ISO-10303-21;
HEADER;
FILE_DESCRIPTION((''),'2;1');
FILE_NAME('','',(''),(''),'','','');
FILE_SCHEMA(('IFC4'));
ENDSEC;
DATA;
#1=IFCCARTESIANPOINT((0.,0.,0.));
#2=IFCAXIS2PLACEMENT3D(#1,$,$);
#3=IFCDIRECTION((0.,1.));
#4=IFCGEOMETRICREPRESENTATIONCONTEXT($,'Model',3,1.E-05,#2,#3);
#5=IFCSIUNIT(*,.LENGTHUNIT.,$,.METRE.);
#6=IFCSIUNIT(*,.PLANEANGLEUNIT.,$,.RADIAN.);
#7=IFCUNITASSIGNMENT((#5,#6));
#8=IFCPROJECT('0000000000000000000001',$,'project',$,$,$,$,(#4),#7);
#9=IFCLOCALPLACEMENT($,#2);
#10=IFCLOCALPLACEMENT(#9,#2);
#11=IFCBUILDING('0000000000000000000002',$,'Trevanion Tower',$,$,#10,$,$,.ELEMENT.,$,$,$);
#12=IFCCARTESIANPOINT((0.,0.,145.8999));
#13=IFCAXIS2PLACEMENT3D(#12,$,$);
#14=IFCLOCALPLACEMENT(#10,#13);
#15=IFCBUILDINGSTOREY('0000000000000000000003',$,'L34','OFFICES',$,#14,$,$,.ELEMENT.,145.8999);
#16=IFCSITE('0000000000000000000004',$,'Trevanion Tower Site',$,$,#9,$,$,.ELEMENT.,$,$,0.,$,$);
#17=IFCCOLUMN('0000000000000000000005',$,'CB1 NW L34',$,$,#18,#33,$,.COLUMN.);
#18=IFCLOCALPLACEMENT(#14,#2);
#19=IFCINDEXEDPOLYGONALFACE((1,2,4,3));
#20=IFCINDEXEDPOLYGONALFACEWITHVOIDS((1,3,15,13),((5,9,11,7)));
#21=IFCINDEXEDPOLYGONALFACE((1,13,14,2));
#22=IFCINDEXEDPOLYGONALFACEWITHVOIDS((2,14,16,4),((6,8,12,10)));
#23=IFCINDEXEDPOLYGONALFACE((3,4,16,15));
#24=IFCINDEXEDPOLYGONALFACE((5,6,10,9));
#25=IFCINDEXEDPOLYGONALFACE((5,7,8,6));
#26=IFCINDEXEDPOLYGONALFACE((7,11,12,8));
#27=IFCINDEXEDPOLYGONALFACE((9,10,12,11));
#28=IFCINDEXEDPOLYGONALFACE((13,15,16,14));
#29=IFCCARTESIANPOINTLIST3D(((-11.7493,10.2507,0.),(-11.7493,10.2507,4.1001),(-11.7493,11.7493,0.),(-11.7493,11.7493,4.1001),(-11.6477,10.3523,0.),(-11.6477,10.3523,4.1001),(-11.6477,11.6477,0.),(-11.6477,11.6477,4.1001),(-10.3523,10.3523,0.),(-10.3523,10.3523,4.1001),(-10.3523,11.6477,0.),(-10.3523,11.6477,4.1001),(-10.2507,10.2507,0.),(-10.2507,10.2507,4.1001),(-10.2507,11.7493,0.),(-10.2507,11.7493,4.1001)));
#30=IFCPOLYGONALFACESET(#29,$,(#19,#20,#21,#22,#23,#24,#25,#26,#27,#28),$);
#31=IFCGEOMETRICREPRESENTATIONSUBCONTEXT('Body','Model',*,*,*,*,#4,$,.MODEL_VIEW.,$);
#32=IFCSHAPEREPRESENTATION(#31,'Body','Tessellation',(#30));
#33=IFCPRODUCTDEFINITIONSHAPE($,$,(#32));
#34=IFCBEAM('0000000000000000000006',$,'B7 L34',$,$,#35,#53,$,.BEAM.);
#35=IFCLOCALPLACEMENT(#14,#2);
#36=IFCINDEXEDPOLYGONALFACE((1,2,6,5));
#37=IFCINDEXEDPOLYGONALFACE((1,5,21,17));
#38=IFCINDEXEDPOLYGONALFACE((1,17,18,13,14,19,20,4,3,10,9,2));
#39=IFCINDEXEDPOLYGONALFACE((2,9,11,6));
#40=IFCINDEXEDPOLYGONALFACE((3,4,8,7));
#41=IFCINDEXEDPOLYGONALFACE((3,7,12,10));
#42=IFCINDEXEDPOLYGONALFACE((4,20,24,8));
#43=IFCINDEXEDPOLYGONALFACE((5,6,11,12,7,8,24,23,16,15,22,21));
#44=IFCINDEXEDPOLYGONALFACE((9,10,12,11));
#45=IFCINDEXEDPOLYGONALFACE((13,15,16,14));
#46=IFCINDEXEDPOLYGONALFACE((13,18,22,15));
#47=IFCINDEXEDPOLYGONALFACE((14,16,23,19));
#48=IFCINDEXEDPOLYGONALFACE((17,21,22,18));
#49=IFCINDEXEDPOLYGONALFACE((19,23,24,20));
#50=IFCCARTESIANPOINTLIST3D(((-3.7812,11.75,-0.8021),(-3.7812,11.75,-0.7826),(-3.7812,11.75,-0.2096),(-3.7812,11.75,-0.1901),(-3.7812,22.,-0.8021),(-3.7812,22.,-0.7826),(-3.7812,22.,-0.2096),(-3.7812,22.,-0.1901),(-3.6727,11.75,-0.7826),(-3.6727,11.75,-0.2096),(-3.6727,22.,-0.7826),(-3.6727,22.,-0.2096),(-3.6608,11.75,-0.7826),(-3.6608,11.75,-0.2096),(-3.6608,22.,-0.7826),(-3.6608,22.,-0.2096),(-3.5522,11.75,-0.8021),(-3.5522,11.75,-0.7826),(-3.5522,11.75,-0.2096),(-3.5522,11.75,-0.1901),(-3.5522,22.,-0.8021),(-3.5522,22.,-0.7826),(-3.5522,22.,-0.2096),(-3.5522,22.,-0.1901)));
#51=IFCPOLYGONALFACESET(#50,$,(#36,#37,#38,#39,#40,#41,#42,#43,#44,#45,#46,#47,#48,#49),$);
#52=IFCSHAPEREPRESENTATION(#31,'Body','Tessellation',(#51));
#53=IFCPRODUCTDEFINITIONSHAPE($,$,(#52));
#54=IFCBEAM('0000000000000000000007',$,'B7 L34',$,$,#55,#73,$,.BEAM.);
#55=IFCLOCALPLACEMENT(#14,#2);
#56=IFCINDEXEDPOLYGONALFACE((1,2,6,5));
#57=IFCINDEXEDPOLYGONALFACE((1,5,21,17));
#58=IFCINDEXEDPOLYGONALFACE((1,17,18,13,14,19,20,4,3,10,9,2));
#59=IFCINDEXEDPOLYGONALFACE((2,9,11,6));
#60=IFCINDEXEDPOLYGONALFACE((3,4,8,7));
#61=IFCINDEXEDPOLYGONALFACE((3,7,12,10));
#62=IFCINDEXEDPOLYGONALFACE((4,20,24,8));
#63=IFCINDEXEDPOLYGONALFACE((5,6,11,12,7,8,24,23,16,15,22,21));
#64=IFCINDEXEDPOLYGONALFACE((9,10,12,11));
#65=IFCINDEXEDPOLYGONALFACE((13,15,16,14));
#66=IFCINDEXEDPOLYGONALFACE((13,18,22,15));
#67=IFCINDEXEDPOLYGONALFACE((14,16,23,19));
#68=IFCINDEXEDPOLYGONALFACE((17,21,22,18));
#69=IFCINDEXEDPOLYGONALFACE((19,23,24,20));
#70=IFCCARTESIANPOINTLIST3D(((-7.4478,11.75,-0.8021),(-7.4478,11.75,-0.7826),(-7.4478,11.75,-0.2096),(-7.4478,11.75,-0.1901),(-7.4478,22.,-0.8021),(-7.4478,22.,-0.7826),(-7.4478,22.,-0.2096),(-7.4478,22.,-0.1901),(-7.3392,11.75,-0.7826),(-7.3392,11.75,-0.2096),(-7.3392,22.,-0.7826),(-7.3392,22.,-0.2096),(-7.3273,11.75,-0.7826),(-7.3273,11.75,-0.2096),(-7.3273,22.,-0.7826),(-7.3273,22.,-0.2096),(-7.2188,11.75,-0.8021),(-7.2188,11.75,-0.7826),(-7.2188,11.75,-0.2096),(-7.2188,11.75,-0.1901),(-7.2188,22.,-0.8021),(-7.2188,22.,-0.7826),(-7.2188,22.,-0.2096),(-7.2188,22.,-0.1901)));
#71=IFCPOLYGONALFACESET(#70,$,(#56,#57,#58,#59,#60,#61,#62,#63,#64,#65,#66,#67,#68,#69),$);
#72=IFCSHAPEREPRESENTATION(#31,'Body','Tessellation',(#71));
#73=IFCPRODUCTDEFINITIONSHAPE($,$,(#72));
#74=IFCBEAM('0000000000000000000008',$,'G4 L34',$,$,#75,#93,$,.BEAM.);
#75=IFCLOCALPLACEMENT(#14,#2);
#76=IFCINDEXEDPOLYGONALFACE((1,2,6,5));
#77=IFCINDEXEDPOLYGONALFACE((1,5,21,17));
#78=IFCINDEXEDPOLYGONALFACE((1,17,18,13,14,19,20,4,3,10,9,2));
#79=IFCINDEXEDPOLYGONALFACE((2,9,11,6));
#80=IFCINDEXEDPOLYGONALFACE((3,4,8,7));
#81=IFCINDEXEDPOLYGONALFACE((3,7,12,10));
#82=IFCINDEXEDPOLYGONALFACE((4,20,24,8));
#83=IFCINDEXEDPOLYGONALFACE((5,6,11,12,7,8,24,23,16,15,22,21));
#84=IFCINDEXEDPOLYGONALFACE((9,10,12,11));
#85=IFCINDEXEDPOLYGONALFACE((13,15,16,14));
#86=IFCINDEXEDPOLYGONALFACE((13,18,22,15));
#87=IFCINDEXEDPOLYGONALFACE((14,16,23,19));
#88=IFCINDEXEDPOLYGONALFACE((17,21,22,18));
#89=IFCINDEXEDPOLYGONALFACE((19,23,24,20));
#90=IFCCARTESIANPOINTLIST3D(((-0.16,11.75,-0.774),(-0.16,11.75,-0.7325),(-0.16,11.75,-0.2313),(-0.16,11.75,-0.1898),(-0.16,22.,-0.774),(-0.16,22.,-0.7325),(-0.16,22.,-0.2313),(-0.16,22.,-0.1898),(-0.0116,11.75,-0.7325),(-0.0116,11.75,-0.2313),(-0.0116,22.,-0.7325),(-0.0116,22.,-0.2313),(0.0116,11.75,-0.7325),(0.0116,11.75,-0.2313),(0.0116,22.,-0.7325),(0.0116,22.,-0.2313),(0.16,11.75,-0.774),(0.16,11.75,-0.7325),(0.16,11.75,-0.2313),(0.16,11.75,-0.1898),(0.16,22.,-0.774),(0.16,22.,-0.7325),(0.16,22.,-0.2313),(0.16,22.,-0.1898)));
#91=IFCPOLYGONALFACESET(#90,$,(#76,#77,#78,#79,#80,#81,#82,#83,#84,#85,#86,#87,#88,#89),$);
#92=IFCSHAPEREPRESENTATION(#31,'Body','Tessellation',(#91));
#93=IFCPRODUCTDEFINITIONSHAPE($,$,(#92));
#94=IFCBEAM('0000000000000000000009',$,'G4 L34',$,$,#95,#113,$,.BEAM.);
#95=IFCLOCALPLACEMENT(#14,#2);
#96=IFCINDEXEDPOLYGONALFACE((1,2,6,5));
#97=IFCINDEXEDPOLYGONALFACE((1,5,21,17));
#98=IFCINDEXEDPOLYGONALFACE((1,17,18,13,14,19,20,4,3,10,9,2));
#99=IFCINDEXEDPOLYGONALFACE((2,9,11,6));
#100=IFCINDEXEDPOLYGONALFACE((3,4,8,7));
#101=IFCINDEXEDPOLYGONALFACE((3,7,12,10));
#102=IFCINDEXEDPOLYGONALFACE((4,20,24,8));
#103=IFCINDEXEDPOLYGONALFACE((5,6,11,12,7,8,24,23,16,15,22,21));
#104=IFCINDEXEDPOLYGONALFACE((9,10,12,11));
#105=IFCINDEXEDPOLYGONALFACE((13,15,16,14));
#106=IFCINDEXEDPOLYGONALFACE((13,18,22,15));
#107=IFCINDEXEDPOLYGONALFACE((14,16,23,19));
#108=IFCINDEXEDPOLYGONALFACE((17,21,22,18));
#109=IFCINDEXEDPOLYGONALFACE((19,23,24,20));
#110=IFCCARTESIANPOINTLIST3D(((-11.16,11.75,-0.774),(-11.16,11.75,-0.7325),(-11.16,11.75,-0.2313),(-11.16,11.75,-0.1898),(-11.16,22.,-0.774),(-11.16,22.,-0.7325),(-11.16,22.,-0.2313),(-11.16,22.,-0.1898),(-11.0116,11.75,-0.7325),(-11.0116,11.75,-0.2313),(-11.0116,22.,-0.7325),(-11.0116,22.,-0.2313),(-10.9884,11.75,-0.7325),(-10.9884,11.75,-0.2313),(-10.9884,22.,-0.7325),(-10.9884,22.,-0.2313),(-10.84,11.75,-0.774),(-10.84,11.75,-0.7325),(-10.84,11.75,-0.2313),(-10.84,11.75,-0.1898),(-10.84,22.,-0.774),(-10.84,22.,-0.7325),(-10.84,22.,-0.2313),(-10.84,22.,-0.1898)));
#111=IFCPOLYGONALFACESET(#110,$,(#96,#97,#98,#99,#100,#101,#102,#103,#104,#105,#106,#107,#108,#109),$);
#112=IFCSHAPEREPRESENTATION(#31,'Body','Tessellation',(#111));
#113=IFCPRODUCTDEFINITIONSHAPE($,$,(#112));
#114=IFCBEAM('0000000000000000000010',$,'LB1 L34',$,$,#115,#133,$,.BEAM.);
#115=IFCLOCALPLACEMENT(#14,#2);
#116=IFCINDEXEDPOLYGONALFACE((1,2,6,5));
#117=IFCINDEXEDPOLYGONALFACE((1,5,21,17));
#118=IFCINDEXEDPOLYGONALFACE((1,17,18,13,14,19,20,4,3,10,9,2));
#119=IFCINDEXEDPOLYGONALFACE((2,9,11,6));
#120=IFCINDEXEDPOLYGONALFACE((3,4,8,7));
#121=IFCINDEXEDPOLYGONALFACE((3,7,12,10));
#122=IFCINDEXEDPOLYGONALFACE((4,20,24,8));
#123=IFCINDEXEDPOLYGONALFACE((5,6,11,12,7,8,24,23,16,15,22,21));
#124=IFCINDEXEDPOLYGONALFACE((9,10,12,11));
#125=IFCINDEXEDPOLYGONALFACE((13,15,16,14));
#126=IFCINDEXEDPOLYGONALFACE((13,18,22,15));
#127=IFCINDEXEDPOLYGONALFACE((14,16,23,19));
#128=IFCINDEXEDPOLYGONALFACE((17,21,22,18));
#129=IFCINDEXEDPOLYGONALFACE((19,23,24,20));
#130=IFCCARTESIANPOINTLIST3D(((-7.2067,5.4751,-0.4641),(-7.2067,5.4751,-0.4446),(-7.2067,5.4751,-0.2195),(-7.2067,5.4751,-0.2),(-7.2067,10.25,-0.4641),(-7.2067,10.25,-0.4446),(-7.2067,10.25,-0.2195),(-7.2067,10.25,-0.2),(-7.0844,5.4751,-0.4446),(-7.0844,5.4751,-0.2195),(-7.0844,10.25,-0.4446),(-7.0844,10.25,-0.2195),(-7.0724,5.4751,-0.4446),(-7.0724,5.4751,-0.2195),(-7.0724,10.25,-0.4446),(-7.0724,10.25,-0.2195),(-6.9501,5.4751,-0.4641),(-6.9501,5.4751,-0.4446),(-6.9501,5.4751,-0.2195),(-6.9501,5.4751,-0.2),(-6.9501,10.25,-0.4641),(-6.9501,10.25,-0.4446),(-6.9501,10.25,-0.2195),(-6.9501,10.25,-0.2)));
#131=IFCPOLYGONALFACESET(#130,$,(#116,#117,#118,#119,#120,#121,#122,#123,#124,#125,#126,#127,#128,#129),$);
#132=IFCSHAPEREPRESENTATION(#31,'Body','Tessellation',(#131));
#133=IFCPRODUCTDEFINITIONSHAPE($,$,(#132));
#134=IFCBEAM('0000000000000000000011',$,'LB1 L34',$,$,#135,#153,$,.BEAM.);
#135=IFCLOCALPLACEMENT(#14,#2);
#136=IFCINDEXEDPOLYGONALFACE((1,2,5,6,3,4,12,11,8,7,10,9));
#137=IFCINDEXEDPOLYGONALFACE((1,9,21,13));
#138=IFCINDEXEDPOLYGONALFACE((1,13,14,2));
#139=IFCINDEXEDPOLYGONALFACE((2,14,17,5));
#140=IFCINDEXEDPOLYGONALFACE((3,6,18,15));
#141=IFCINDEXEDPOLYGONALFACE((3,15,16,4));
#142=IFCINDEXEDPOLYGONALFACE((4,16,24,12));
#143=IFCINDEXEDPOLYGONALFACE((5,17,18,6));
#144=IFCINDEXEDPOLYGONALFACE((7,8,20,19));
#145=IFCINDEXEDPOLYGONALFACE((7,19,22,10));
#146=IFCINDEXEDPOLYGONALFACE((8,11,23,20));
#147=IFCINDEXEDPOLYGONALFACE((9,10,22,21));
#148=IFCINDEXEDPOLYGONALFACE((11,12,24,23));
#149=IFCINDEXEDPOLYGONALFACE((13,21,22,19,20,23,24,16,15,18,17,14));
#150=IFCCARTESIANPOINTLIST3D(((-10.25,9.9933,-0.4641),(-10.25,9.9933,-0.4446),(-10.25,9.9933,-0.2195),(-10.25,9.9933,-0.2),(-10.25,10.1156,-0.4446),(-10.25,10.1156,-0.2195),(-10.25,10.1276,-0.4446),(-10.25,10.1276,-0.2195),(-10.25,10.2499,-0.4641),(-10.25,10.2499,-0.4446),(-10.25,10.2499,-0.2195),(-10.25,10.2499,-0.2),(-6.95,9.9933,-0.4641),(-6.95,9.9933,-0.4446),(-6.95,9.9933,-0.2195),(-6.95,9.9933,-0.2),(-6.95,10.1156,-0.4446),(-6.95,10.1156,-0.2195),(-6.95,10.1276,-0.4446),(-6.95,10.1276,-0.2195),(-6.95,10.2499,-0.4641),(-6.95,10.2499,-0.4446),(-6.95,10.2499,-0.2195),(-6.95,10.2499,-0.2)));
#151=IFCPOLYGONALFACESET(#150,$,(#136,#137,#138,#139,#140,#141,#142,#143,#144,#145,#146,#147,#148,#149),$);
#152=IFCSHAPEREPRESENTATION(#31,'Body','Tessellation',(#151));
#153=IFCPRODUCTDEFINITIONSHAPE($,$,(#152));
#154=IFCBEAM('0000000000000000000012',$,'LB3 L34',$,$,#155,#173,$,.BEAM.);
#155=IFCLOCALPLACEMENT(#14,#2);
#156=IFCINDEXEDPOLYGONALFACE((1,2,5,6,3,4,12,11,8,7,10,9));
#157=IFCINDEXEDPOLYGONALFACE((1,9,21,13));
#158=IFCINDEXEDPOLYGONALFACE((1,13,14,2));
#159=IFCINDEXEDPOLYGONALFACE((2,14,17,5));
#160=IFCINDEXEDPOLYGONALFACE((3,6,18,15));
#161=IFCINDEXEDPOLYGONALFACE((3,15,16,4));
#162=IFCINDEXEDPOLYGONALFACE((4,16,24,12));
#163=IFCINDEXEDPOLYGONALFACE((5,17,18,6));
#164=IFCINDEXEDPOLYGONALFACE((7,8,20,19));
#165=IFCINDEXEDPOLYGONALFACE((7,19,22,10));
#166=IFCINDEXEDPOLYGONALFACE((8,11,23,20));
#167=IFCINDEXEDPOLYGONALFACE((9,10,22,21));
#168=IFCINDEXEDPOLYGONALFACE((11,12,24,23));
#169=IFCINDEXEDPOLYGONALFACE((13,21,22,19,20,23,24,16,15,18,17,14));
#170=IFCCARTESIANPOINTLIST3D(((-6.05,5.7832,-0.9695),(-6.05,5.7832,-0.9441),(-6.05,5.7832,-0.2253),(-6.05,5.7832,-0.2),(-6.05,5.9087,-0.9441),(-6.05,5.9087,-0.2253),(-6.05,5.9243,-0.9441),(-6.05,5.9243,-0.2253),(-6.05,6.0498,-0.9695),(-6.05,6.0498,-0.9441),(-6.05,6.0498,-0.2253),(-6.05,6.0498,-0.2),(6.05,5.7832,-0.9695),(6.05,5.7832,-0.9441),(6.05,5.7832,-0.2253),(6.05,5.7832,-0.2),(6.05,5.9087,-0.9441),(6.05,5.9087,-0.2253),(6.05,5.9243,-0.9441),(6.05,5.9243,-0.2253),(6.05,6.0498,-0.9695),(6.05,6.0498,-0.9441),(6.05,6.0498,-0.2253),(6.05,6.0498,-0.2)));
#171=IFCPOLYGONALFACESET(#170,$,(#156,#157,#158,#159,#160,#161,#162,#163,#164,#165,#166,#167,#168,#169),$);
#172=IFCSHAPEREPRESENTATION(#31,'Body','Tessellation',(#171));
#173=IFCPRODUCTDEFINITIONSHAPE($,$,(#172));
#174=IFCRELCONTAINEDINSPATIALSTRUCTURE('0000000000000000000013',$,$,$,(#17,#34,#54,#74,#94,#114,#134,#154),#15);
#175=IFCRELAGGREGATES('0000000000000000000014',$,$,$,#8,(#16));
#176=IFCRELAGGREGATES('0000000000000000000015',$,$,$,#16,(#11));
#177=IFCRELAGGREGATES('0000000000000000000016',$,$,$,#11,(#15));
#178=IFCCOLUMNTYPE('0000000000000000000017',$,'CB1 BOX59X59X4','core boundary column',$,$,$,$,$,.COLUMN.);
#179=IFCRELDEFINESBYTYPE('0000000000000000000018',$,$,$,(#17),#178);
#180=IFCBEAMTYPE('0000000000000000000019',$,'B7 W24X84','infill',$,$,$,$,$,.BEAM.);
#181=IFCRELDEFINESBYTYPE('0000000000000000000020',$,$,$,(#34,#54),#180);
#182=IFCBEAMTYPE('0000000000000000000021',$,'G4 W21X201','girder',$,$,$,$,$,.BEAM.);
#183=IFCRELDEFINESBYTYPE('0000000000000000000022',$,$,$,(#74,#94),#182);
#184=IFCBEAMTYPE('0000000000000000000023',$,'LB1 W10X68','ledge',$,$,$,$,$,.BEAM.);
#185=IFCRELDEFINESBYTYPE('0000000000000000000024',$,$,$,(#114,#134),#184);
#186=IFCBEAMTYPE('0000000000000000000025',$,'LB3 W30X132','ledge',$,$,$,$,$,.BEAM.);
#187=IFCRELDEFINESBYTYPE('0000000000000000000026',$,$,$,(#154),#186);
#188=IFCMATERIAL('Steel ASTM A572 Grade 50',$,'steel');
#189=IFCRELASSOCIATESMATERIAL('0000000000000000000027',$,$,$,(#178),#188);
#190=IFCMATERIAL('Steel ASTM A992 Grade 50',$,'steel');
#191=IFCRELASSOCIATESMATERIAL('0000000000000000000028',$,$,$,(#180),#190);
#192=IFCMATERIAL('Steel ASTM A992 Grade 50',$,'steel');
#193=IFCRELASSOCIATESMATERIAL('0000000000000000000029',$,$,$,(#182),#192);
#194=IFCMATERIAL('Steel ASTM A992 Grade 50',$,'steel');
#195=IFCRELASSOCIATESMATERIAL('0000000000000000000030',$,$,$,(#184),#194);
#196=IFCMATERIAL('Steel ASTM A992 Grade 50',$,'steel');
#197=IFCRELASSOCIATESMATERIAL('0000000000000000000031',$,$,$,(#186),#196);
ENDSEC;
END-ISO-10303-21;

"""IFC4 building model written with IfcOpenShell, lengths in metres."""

from ifc_helpers import new_model, si_unit, direction, frame, origin, origin_2d, place, context, subcontext, project, spatial, hollow_rectangle, i_section, extrude, material, material_profile, profile_set, type_object, element, save


model = new_model("IFC4")

# Units and contexts
model_context = context("Model", 3, precision=1e-05, world=origin(), true_north=direction((0.0, 1.0)))
body_context = subcontext(model_context, "Body", "Model", "MODEL_VIEW")
ifc_project = project(units=[si_unit("LENGTHUNIT", "METRE"), si_unit("PLANEANGLEUNIT", "RADIAN")], contexts=[model_context])

# Site, building, storey
site_placement = place(None, origin())
site = spatial("IfcSite", under=ifc_project, at=site_placement, Name="Trevanion Tower Site", CompositionType="ELEMENT", RefElevation=0.0)
building_placement = place(site_placement, origin())
building = spatial("IfcBuilding", under=site, at=building_placement, Name="Trevanion Tower", CompositionType="ELEMENT")
storey_placement = place(building_placement, frame((0.0, 0.0, 145.8999)))
storey = spatial("IfcBuildingStorey", under=building, at=storey_placement, Name="L34", Description="OFFICES", CompositionType="ELEMENT", Elevation=145.8999)

# Column
ifc_material_1 = material(Name="Steel ASTM A572 Grade 50", Category="steel")
ifc_material_profile_1 = material_profile(ifc_material_1, hollow_rectangle(XDim=1.4985, YDim=1.4985, WallThickness=0.1016, at=origin_2d()), Name="BOX59X59X4")
ifc_profile_set_1 = profile_set([ifc_material_profile_1], Name="Steel ASTM A572 Grade 50")
column_type = type_object("IfcColumnType", Name="CB1 BOX59X59X4", Description="core boundary column", PredefinedType="COLUMN", material=ifc_profile_set_1)
column_placement = place(storey_placement, frame((-11.0, 11.0, 0.0), z_axis=(0.0, 0.0, 1.0), x_axis=(1.0, 0.0, 0.0)))
element("IfcColumn", 1, at=column_placement, inside=storey, type_object=column_type, Name="CB1 NW L34", PredefinedType="COLUMN", context=body_context, shape_type="SweptSolid", body=[
    extrude(hollow_rectangle(XDim=1.4985, YDim=1.4985, WallThickness=0.1016, at=origin_2d()), origin(), (0.0, 0.0, 1.0), 4.1001),
])

# Beams
ifc_material_2 = material(Name="Steel ASTM A992 Grade 50", Category="steel")
ifc_material_profile_2 = material_profile(ifc_material_2, i_section(OverallWidth=0.229, OverallDepth=0.6121, WebThickness=0.012, FlangeThickness=0.0195, at=origin_2d()), Name="W24X84")
ifc_profile_set_2 = profile_set([ifc_material_profile_2], Name="Steel ASTM A992 Grade 50")
beam_type_1 = type_object("IfcBeamType", Name="B7 W24X84", Description="infill", PredefinedType="BEAM", material=ifc_profile_set_2)
for number, where, z_axis, x_axis, name in (
    (2, (-3.6667, 11.75, -0.4961), (0.0, 1.0, 0.0), (-1.0, 0.0, 0.0), "B7 L34"),
    (3, (-7.3333, 11.75, -0.4961), (0.0, 1.0, 0.0), (-1.0, 0.0, 0.0), "B7 L34"),
):
    element("IfcBeam", number, at=place(storey_placement, frame(where, z_axis=z_axis, x_axis=x_axis)), inside=storey, type_object=beam_type_1, Name=name, PredefinedType="BEAM", context=body_context, shape_type="SweptSolid", body=[
        extrude(i_section(OverallWidth=0.229, OverallDepth=0.6121, WebThickness=0.012, FlangeThickness=0.0195, at=origin_2d()), origin(), (0.0, 0.0, 1.0), 10.25),
    ])
ifc_material_3 = material(Name="Steel ASTM A992 Grade 50", Category="steel")
ifc_material_profile_3 = material_profile(ifc_material_3, i_section(OverallWidth=0.3201, OverallDepth=0.5842, WebThickness=0.0232, FlangeThickness=0.0415, at=origin_2d()), Name="W21X201")
ifc_profile_set_3 = profile_set([ifc_material_profile_3], Name="Steel ASTM A992 Grade 50")
beam_type_2 = type_object("IfcBeamType", Name="G4 W21X201", Description="girder", PredefinedType="BEAM", material=ifc_profile_set_3)
for number, where, z_axis, x_axis, name in (
    (4, (0.0, 11.75, -0.4819), (0.0, 1.0, 0.0), (-1.0, 0.0, 0.0), "G4 L34"),
    (5, (-11.0, 11.75, -0.4819), (0.0, 1.0, 0.0), (-1.0, 0.0, 0.0), "G4 L34"),
):
    element("IfcBeam", number, at=place(storey_placement, frame(where, z_axis=z_axis, x_axis=x_axis)), inside=storey, type_object=beam_type_2, Name=name, PredefinedType="BEAM", context=body_context, shape_type="SweptSolid", body=[
        extrude(i_section(OverallWidth=0.3201, OverallDepth=0.5842, WebThickness=0.0232, FlangeThickness=0.0415, at=origin_2d()), origin(), (0.0, 0.0, 1.0), 10.25),
    ])
ifc_material_4 = material(Name="Steel ASTM A992 Grade 50", Category="steel")
ifc_material_profile_4 = material_profile(ifc_material_4, i_section(OverallWidth=0.2566, OverallDepth=0.2642, WebThickness=0.012, FlangeThickness=0.0195, at=origin_2d()), Name="W10X68")
ifc_profile_set_4 = profile_set([ifc_material_profile_4], Name="Steel ASTM A992 Grade 50")
beam_type_3 = type_object("IfcBeamType", Name="LB1 W10X68", Description="ledge", PredefinedType="BEAM", material=ifc_profile_set_4)
beam_1_placement = place(storey_placement, frame((-7.0784, 5.4751, -0.332), z_axis=(0.0, 1.0, 0.0), x_axis=(-1.0, 0.0, 0.0)))
element("IfcBeam", 6, at=beam_1_placement, inside=storey, type_object=beam_type_3, Name="LB1 L34", PredefinedType="BEAM", context=body_context, shape_type="SweptSolid", body=[
    extrude(i_section(OverallWidth=0.2566, OverallDepth=0.2642, WebThickness=0.012, FlangeThickness=0.0195, at=origin_2d()), origin(), (0.0, 0.0, 1.0), 4.7749),
])
beam_2_placement = place(storey_placement, frame((-10.25, 10.1216, -0.332), z_axis=(1.0, 0.0, 0.0), x_axis=(0.0, 1.0, 0.0)))
element("IfcBeam", 7, at=beam_2_placement, inside=storey, type_object=beam_type_3, Name="LB1 L34", PredefinedType="BEAM", context=body_context, shape_type="SweptSolid", body=[
    extrude(i_section(OverallWidth=0.2566, OverallDepth=0.2642, WebThickness=0.012, FlangeThickness=0.0195, at=origin_2d()), origin(), (0.0, 0.0, 1.0), 3.3),
])
ifc_material_5 = material(Name="Steel ASTM A992 Grade 50", Category="steel")
ifc_material_profile_5 = material_profile(ifc_material_5, i_section(OverallWidth=0.2666, OverallDepth=0.7695, WebThickness=0.0156, FlangeThickness=0.0254, at=origin_2d()), Name="W30X132")
ifc_profile_set_5 = profile_set([ifc_material_profile_5], Name="Steel ASTM A992 Grade 50")
beam_type_4 = type_object("IfcBeamType", Name="LB3 W30X132", Description="ledge", PredefinedType="BEAM", material=ifc_profile_set_5)
beam_3_placement = place(storey_placement, frame((-6.05, 5.9165, -0.5847), z_axis=(1.0, 0.0, 0.0), x_axis=(0.0, 1.0, 0.0)))
element("IfcBeam", 8, at=beam_3_placement, inside=storey, type_object=beam_type_4, Name="LB3 L34", PredefinedType="BEAM", context=body_context, shape_type="SweptSolid", body=[
    extrude(i_section(OverallWidth=0.2666, OverallDepth=0.7695, WebThickness=0.0156, FlangeThickness=0.0254, at=origin_2d()), origin(), (0.0, 0.0, 1.0), 12.1001),
])

save(model, "model.ifc")
